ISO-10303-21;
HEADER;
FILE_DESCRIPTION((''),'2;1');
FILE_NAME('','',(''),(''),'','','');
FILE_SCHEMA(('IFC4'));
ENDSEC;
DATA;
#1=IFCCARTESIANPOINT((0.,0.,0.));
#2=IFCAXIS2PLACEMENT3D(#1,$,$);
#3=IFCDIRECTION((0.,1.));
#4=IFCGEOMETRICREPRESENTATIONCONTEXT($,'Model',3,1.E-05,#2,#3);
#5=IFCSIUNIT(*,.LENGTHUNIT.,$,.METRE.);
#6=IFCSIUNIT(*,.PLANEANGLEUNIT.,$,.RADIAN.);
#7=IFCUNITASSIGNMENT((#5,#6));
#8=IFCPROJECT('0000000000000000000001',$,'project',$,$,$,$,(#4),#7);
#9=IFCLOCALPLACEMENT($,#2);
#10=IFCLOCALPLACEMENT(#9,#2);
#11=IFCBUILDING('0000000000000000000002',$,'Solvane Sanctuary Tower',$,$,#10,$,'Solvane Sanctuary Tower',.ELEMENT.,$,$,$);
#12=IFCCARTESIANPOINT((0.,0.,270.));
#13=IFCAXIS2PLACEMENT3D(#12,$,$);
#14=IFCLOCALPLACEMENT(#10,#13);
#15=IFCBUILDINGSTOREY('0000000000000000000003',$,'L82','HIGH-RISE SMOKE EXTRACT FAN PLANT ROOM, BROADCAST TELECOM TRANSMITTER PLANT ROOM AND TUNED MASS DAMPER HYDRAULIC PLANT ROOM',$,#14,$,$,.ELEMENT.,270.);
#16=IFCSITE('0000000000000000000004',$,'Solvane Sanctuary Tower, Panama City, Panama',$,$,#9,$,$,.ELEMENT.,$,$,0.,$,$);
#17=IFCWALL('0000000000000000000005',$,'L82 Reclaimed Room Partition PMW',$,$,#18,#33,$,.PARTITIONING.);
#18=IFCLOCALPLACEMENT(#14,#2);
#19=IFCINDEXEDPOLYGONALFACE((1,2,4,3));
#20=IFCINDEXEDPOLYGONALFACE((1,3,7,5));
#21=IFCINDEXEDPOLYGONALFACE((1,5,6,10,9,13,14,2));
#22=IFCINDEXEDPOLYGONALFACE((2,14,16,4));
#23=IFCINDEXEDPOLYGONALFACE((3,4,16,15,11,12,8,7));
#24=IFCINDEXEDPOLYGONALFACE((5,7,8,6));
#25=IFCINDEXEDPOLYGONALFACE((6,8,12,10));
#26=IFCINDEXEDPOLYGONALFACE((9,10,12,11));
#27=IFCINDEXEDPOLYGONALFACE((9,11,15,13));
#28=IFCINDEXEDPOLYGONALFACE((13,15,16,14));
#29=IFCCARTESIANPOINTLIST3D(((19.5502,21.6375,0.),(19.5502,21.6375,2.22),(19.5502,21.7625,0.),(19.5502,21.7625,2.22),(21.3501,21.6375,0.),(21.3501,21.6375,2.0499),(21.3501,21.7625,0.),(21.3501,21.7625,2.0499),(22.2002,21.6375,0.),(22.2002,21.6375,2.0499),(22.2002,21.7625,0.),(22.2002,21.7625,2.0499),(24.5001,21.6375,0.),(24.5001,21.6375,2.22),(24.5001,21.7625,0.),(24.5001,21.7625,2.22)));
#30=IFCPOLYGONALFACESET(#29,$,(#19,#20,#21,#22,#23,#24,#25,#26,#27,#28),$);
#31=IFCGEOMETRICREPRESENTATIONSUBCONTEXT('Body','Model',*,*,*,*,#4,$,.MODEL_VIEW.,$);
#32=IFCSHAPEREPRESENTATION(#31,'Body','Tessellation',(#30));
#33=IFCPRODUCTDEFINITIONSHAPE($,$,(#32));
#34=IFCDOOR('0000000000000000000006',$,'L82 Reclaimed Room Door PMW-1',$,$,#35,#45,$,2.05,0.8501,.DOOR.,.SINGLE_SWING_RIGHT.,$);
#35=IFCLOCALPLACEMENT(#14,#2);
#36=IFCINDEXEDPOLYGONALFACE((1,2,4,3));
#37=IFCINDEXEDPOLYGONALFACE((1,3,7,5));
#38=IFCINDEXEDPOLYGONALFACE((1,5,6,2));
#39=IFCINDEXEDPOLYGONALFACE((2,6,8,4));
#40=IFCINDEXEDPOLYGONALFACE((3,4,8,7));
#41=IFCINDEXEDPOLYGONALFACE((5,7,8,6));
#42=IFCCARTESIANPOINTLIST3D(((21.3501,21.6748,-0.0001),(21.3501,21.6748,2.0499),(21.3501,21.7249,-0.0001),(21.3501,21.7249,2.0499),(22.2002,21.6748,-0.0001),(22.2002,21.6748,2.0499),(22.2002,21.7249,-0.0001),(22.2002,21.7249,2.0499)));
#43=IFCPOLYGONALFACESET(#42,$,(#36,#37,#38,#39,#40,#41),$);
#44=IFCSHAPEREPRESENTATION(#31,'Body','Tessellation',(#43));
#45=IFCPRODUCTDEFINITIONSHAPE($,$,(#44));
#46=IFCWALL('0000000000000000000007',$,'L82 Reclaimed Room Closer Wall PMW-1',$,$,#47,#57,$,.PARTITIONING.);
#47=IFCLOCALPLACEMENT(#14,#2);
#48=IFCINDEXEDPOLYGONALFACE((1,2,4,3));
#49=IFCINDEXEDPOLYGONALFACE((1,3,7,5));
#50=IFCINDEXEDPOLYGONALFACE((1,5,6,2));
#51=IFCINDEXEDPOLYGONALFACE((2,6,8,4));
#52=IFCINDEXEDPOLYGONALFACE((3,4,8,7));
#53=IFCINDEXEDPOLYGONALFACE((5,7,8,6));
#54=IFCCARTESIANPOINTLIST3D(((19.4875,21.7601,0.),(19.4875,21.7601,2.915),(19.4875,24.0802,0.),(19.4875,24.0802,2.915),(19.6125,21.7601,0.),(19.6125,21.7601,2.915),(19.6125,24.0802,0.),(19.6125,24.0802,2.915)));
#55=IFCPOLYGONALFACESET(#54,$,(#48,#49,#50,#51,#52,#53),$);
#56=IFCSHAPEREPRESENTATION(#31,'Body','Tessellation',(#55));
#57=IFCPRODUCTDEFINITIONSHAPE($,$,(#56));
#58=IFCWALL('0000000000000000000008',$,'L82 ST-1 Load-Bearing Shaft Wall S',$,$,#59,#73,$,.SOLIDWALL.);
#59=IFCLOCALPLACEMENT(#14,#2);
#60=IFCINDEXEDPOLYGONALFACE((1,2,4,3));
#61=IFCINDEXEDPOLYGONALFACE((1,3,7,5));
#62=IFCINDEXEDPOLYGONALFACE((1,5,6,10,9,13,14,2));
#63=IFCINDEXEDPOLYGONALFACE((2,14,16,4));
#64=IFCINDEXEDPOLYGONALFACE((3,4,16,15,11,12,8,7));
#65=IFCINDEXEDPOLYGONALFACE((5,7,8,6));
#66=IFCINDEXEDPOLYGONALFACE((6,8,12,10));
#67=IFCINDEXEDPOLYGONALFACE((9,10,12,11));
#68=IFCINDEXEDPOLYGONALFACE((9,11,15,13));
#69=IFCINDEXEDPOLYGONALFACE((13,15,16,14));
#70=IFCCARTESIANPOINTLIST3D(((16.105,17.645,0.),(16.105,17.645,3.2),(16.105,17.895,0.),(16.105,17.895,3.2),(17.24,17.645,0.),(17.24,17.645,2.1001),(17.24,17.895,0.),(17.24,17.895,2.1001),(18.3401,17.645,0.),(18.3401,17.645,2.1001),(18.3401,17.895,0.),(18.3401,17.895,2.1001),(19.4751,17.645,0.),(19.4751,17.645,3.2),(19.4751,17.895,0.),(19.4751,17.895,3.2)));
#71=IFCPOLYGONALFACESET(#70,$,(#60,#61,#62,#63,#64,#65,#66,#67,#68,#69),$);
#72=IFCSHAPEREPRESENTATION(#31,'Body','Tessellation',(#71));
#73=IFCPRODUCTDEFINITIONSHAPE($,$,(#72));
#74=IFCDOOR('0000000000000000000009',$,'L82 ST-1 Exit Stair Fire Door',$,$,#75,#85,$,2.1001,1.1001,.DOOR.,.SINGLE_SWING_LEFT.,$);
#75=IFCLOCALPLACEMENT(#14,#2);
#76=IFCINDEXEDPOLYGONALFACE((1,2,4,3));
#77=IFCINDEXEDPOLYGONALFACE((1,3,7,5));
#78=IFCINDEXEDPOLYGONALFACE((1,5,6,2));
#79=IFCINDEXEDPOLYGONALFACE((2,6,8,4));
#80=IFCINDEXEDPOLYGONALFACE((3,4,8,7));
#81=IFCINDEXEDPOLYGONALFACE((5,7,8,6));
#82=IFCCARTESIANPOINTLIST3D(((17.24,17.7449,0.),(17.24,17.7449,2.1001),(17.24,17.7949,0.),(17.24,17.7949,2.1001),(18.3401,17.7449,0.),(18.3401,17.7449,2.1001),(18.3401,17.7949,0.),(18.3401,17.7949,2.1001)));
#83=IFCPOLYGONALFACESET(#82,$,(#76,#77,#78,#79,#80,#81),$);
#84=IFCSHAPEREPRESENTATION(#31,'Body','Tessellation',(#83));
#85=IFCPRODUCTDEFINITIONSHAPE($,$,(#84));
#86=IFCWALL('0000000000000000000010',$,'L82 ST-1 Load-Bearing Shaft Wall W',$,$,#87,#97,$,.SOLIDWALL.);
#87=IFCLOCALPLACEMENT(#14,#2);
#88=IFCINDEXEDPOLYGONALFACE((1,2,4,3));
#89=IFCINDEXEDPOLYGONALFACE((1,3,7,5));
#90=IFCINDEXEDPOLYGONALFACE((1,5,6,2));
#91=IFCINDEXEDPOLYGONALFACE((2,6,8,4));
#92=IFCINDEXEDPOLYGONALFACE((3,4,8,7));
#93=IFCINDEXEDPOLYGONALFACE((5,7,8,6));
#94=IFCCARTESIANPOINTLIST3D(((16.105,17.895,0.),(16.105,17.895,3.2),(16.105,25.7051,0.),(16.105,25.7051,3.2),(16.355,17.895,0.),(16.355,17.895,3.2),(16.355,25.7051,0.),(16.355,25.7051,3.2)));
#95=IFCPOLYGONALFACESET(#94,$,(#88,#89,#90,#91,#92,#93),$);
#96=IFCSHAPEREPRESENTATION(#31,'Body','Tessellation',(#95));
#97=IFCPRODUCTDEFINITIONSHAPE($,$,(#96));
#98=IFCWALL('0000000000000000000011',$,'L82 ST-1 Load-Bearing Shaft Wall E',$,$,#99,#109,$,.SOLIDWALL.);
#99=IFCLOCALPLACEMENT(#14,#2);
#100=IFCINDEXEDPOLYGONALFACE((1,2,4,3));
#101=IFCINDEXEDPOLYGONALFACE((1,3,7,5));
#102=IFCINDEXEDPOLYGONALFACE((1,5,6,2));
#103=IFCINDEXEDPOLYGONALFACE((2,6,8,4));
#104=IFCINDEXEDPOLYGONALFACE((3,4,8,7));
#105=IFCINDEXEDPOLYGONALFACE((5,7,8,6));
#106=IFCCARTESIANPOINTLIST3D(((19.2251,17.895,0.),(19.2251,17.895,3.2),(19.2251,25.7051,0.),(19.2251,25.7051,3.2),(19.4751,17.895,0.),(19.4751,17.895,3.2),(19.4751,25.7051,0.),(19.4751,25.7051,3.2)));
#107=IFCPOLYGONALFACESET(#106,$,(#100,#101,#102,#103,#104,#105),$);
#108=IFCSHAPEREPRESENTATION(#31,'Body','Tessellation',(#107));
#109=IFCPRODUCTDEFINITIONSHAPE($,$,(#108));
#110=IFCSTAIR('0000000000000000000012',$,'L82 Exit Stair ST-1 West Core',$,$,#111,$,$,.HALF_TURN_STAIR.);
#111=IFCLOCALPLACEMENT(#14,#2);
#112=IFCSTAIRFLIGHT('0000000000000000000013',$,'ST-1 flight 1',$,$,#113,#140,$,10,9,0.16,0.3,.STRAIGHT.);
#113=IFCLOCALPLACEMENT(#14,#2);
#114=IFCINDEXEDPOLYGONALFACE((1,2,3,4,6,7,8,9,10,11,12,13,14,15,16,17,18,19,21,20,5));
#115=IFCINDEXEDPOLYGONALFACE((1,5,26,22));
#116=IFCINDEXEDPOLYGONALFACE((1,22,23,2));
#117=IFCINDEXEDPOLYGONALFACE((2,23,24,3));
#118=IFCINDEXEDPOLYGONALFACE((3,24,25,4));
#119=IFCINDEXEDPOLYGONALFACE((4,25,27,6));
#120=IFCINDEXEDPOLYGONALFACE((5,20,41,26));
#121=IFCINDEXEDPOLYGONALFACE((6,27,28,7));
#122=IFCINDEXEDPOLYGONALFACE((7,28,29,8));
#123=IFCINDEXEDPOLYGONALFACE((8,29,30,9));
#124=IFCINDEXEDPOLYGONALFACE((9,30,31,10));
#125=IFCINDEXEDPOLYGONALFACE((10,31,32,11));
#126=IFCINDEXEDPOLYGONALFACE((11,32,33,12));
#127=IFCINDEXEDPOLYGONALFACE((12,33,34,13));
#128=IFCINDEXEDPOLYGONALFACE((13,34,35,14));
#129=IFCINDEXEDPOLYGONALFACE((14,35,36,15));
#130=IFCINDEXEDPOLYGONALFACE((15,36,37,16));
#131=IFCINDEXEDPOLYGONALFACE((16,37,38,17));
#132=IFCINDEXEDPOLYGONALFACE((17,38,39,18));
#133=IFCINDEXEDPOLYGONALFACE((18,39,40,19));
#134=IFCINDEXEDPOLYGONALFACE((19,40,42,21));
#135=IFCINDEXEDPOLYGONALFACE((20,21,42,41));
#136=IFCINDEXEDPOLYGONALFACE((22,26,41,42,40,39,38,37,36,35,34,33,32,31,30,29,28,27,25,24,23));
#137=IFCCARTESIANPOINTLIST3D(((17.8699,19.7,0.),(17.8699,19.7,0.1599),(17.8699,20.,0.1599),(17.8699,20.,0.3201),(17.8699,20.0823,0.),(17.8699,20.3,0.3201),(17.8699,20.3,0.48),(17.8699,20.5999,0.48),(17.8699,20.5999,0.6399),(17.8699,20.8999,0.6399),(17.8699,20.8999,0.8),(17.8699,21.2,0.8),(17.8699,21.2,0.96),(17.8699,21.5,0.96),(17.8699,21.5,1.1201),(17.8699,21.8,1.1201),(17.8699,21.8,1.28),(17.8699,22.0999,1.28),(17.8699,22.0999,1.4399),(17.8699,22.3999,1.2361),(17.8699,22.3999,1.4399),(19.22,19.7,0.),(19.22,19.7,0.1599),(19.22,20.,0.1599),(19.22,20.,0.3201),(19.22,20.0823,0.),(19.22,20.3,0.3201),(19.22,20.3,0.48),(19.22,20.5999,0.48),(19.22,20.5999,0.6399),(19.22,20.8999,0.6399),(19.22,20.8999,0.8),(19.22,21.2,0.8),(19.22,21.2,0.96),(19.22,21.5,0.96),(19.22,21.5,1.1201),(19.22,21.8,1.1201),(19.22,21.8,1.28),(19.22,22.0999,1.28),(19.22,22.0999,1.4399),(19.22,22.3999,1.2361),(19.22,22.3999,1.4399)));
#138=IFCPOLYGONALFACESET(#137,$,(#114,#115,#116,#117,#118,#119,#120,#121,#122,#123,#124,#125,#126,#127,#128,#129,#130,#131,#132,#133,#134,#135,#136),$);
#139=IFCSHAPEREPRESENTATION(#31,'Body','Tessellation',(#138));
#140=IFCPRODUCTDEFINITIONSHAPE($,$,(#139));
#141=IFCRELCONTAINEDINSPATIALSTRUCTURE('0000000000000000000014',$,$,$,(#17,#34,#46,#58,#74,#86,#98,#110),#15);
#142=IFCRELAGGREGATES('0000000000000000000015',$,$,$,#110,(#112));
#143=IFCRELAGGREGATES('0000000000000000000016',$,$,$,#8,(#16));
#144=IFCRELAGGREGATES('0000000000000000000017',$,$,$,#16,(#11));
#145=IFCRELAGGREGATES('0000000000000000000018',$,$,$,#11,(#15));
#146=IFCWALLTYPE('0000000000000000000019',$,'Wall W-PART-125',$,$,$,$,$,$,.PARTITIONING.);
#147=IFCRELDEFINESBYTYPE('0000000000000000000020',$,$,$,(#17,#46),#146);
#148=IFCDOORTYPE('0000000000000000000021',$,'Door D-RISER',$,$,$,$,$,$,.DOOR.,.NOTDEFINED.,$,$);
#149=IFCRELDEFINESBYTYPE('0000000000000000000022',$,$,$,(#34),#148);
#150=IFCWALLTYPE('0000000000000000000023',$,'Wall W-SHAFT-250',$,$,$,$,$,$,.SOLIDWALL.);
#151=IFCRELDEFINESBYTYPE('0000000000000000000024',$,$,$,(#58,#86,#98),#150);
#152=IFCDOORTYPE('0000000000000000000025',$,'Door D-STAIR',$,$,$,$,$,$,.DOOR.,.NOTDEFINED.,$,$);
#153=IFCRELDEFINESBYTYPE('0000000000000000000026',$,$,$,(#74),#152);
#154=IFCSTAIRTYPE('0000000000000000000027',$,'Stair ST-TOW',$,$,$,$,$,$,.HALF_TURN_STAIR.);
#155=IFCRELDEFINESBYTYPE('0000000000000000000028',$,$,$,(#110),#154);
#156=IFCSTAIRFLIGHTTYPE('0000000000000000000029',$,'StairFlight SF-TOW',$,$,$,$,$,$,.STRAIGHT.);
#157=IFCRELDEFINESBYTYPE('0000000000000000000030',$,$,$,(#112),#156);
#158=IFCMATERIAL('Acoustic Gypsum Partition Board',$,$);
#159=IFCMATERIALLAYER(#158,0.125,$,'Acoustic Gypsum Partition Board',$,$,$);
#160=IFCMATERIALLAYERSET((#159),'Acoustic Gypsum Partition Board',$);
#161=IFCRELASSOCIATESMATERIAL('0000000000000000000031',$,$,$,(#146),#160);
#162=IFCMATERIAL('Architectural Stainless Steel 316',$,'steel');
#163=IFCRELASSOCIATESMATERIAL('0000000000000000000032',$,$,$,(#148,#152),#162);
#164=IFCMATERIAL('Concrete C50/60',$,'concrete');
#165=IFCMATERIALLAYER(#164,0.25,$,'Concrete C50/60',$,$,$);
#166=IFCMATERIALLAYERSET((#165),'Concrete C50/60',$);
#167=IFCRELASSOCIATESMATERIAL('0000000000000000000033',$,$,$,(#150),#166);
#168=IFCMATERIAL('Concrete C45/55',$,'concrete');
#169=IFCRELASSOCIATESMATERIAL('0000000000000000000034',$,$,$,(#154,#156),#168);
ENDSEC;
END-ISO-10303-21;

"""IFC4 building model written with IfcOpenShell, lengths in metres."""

from ifc_helpers import new_model, si_unit, direction, frame, frame_2d, origin, place, context, subcontext, project, spatial, polyline, rectangle, outline, extrude, material, layer, layer_set, type_object, element, fill, aggregate, save


model = new_model("IFC4")

# Units and contexts
model_context = context("Model", 3, precision=1e-05, world=origin(), true_north=direction((0.0, 1.0)))
body_context = subcontext(model_context, "Body", "Model", "MODEL_VIEW")
ifc_project = project(units=[si_unit("LENGTHUNIT", "METRE"), si_unit("PLANEANGLEUNIT", "RADIAN")], contexts=[model_context])

# Site, building, storey
site_placement = place(None, origin())
site = spatial("IfcSite", under=ifc_project, at=site_placement, Name="Solvane Sanctuary Tower, Panama City, Panama", CompositionType="ELEMENT", RefElevation=0.0)
building_placement = place(site_placement, origin())
building = spatial("IfcBuilding", under=site, at=building_placement, Name="Solvane Sanctuary Tower", LongName="Solvane Sanctuary Tower", CompositionType="ELEMENT")
storey_placement = place(building_placement, frame((0.0, 0.0, 270.0)))
storey = spatial("IfcBuildingStorey", under=building, at=storey_placement, Name="L82", Description="HIGH-RISE SMOKE EXTRACT FAN PLANT ROOM, BROADCAST TELECOM TRANSMITTER PLANT ROOM AND TUNED MASS DAMPER HYDRAULIC PLANT ROOM", CompositionType="ELEMENT", Elevation=270.0)

# Shared definitions
ifc_material_1 = material(Name="Concrete C50/60", Category="concrete")

# Wall, opening, door
ifc_material_2 = material(Name="Acoustic Gypsum Partition Board")
ifc_layer_1 = layer(ifc_material_2, 0.125, Name="Acoustic Gypsum Partition Board")
ifc_layer_set_1 = layer_set([ifc_layer_1], Name="Acoustic Gypsum Partition Board")
wall_type_1 = type_object("IfcWallType", Name="Wall W-PART-125", PredefinedType="PARTITIONING", material=ifc_layer_set_1)
ifc_material_3 = material(Name="Architectural Stainless Steel 316", Category="steel")
door_type_1 = type_object("IfcDoorType", Name="Door D-RISER", OperationType="NOTDEFINED", PredefinedType="DOOR", material=ifc_material_3)
wall_1_placement = place(storey_placement, frame((19.55, 21.7, 0.0), z_axis=(0.0, 0.0, 1.0), x_axis=(1.0, 0.0, 0.0)))
wall_1 = element("IfcWall", 1, at=wall_1_placement, inside=storey, type_object=wall_type_1, Name="L82 Reclaimed Room Partition PMW", PredefinedType="PARTITIONING", context=body_context, shape_type="SweptSolid", body=[
    extrude(rectangle(XDim=4.95, YDim=0.125, at=frame_2d((2.4751, 0.0))), origin(), (0.0, 0.0, 1.0), 2.22),
])
opening_1_placement = place(wall_1_placement, frame((1.8, 0.0, 0.0)))
opening_1 = element("IfcOpeningElement", 2, at=opening_1_placement, cuts=wall_1, PredefinedType="OPENING", context=body_context, shape_type="SweptSolid", body=[
    extrude(rectangle(XDim=0.8501, YDim=2.05, at=frame_2d((0.425, 1.0249))), frame((0.0, 0.0725, 0.0), z_axis=(0.0, -1.0, 0.0), x_axis=(1.0, 0.0, 0.0)), (0.0, 0.0, 1.0), 0.145),
])
door_1_placement = place(opening_1_placement, origin())
door_1 = element("IfcDoor", 3, at=door_1_placement, inside=storey, type_object=door_type_1, Name="L82 Reclaimed Room Door PMW-1", OperationType="SINGLE_SWING_RIGHT", OverallHeight=2.05, OverallWidth=0.8501, PredefinedType="DOOR", context=body_context, shape_type="SweptSolid", body=[
    extrude(rectangle(XDim=0.8501, YDim=2.05, at=frame_2d((0.425, 1.0249))), frame((0.0, 0.0249, 0.0), z_axis=(0.0, -1.0, 0.0), x_axis=(1.0, 0.0, 0.0)), (0.0, 0.0, 1.0), 0.05),
])
fill(opening_1, door_1)

# Wall
wall_2_placement = place(storey_placement, frame((19.55, 21.76, 0.0), z_axis=(0.0, 0.0, 1.0), x_axis=(0.0, 1.0, 0.0)))
element("IfcWall", 4, at=wall_2_placement, inside=storey, type_object=wall_type_1, Name="L82 Reclaimed Room Closer Wall PMW-1", PredefinedType="PARTITIONING", context=body_context, shape_type="SweptSolid", body=[
    extrude(rectangle(XDim=2.3201, YDim=0.125, at=frame_2d((1.1602, 0.0))), origin(), (0.0, 0.0, 1.0), 2.915),
])

# Wall, opening, door
ifc_layer_2 = layer(ifc_material_1, 0.25, Name="Concrete C50/60")
ifc_layer_set_2 = layer_set([ifc_layer_2], Name="Concrete C50/60")
wall_type_2 = type_object("IfcWallType", Name="Wall W-SHAFT-250", PredefinedType="SOLIDWALL", material=ifc_layer_set_2)
wall_3_placement = place(storey_placement, frame((16.105, 17.77, 0.0), z_axis=(0.0, 0.0, 1.0), x_axis=(1.0, 0.0, 0.0)))
wall_3 = element("IfcWall", 5, at=wall_3_placement, inside=storey, type_object=wall_type_2, Name="L82 ST-1 Load-Bearing Shaft Wall S", PredefinedType="SOLIDWALL", context=body_context, shape_type="SweptSolid", body=[
    extrude(rectangle(XDim=3.3701, YDim=0.25, at=frame_2d((1.6851, 0.0))), origin(), (0.0, 0.0, 1.0), 3.2),
])
opening_2_placement = place(wall_3_placement, frame((1.135, 0.0, 0.0)))
opening_2 = element("IfcOpeningElement", 6, at=opening_2_placement, cuts=wall_3, PredefinedType="OPENING", context=body_context, shape_type="SweptSolid", body=[
    extrude(rectangle(XDim=1.1001, YDim=2.1001, at=frame_2d((0.55, 1.05))), frame((0.0, 0.135, 0.0), z_axis=(0.0, -1.0, 0.0), x_axis=(1.0, 0.0, 0.0)), (0.0, 0.0, 1.0), 0.27),
])
door_type_2 = type_object("IfcDoorType", Name="Door D-STAIR", OperationType="NOTDEFINED", PredefinedType="DOOR", material=ifc_material_3)
door_2_placement = place(opening_2_placement, origin())
door_2 = element("IfcDoor", 7, at=door_2_placement, inside=storey, type_object=door_type_2, Name="L82 ST-1 Exit Stair Fire Door", OperationType="SINGLE_SWING_LEFT", OverallHeight=2.1001, OverallWidth=1.1001, PredefinedType="DOOR", context=body_context, shape_type="SweptSolid", body=[
    extrude(rectangle(XDim=1.1001, YDim=2.1001, at=frame_2d((0.55, 1.05))), frame((0.0, 0.0249, 0.0), z_axis=(0.0, -1.0, 0.0), x_axis=(1.0, 0.0, 0.0)), (0.0, 0.0, 1.0), 0.05),
])
fill(opening_2, door_2)

# Walls
for number, where, z_axis, x_axis, name in (
    (8, (16.23, 17.895, 0.0), (0.0, 0.0, 1.0), (0.0, 1.0, 0.0), "L82 ST-1 Load-Bearing Shaft Wall W"),
    (9, (19.3501, 17.895, 0.0), (0.0, 0.0, 1.0), (0.0, 1.0, 0.0), "L82 ST-1 Load-Bearing Shaft Wall E"),
):
    element("IfcWall", number, at=place(storey_placement, frame(where, z_axis=z_axis, x_axis=x_axis)), inside=storey, type_object=wall_type_2, Name=name, PredefinedType="SOLIDWALL", context=body_context, shape_type="SweptSolid", body=[
        extrude(rectangle(XDim=7.8101, YDim=0.25, at=frame_2d((3.905, 0.0))), origin(), (0.0, 0.0, 1.0), 3.2),
    ])

# Stair, stair flight
ifc_material_4 = material(Name="Concrete C45/55", Category="concrete")
stair_type = type_object("IfcStairType", Name="Stair ST-TOW", PredefinedType="HALF_TURN_STAIR", material=ifc_material_4)
stair_placement = place(storey_placement, origin())
stair = element("IfcStair", 10, at=stair_placement, inside=storey, type_object=stair_type, Name="L82 Exit Stair ST-1 West Core", PredefinedType="HALF_TURN_STAIR")
stair_flight_type = type_object("IfcStairFlightType", Name="StairFlight SF-TOW", PredefinedType="STRAIGHT", material=ifc_material_4)
stair_flight_placement = place(storey_placement, frame((18.5449, 19.7, 0.0), z_axis=(0.0, 0.0, 1.0), x_axis=(0.0, 1.0, 0.0)))
stair_flight = element("IfcStairFlight", 11, at=stair_flight_placement, type_object=stair_flight_type, Name="ST-1 flight 1", NumberOfRisers=10, NumberOfTreads=9, PredefinedType="STRAIGHT", RiserHeight=0.16, TreadLength=0.3, context=body_context, shape_type="SweptSolid", body=[
    extrude(outline(polyline([(0.0, 0.0), (0.0, 0.1599), (0.3, 0.1599), (0.3, 0.3201), (0.6001, 0.3201), (0.6001, 0.48), (0.8999, 0.48), (0.8999, 0.6399), (1.2, 0.6399), (1.2, 0.8), (1.5, 0.8), (1.5, 0.96), (1.8, 0.96), (1.8, 1.1201), (2.1001, 1.1201), (2.1001, 1.28), (2.3999, 1.28), (2.3999, 1.4399), (2.7, 1.4399), (2.7, 1.6001), (2.7, 1.2361), (0.3823, 0.0), (0.0, 0.0)])), frame((0.0, 0.675, 0.0), z_axis=(0.0, -1.0, 0.0), x_axis=(1.0, 0.0, 0.0)), (0.0, 0.0, 1.0), 1.3501),
])
aggregate(stair, [stair_flight])

save(model, "model.ifc")
